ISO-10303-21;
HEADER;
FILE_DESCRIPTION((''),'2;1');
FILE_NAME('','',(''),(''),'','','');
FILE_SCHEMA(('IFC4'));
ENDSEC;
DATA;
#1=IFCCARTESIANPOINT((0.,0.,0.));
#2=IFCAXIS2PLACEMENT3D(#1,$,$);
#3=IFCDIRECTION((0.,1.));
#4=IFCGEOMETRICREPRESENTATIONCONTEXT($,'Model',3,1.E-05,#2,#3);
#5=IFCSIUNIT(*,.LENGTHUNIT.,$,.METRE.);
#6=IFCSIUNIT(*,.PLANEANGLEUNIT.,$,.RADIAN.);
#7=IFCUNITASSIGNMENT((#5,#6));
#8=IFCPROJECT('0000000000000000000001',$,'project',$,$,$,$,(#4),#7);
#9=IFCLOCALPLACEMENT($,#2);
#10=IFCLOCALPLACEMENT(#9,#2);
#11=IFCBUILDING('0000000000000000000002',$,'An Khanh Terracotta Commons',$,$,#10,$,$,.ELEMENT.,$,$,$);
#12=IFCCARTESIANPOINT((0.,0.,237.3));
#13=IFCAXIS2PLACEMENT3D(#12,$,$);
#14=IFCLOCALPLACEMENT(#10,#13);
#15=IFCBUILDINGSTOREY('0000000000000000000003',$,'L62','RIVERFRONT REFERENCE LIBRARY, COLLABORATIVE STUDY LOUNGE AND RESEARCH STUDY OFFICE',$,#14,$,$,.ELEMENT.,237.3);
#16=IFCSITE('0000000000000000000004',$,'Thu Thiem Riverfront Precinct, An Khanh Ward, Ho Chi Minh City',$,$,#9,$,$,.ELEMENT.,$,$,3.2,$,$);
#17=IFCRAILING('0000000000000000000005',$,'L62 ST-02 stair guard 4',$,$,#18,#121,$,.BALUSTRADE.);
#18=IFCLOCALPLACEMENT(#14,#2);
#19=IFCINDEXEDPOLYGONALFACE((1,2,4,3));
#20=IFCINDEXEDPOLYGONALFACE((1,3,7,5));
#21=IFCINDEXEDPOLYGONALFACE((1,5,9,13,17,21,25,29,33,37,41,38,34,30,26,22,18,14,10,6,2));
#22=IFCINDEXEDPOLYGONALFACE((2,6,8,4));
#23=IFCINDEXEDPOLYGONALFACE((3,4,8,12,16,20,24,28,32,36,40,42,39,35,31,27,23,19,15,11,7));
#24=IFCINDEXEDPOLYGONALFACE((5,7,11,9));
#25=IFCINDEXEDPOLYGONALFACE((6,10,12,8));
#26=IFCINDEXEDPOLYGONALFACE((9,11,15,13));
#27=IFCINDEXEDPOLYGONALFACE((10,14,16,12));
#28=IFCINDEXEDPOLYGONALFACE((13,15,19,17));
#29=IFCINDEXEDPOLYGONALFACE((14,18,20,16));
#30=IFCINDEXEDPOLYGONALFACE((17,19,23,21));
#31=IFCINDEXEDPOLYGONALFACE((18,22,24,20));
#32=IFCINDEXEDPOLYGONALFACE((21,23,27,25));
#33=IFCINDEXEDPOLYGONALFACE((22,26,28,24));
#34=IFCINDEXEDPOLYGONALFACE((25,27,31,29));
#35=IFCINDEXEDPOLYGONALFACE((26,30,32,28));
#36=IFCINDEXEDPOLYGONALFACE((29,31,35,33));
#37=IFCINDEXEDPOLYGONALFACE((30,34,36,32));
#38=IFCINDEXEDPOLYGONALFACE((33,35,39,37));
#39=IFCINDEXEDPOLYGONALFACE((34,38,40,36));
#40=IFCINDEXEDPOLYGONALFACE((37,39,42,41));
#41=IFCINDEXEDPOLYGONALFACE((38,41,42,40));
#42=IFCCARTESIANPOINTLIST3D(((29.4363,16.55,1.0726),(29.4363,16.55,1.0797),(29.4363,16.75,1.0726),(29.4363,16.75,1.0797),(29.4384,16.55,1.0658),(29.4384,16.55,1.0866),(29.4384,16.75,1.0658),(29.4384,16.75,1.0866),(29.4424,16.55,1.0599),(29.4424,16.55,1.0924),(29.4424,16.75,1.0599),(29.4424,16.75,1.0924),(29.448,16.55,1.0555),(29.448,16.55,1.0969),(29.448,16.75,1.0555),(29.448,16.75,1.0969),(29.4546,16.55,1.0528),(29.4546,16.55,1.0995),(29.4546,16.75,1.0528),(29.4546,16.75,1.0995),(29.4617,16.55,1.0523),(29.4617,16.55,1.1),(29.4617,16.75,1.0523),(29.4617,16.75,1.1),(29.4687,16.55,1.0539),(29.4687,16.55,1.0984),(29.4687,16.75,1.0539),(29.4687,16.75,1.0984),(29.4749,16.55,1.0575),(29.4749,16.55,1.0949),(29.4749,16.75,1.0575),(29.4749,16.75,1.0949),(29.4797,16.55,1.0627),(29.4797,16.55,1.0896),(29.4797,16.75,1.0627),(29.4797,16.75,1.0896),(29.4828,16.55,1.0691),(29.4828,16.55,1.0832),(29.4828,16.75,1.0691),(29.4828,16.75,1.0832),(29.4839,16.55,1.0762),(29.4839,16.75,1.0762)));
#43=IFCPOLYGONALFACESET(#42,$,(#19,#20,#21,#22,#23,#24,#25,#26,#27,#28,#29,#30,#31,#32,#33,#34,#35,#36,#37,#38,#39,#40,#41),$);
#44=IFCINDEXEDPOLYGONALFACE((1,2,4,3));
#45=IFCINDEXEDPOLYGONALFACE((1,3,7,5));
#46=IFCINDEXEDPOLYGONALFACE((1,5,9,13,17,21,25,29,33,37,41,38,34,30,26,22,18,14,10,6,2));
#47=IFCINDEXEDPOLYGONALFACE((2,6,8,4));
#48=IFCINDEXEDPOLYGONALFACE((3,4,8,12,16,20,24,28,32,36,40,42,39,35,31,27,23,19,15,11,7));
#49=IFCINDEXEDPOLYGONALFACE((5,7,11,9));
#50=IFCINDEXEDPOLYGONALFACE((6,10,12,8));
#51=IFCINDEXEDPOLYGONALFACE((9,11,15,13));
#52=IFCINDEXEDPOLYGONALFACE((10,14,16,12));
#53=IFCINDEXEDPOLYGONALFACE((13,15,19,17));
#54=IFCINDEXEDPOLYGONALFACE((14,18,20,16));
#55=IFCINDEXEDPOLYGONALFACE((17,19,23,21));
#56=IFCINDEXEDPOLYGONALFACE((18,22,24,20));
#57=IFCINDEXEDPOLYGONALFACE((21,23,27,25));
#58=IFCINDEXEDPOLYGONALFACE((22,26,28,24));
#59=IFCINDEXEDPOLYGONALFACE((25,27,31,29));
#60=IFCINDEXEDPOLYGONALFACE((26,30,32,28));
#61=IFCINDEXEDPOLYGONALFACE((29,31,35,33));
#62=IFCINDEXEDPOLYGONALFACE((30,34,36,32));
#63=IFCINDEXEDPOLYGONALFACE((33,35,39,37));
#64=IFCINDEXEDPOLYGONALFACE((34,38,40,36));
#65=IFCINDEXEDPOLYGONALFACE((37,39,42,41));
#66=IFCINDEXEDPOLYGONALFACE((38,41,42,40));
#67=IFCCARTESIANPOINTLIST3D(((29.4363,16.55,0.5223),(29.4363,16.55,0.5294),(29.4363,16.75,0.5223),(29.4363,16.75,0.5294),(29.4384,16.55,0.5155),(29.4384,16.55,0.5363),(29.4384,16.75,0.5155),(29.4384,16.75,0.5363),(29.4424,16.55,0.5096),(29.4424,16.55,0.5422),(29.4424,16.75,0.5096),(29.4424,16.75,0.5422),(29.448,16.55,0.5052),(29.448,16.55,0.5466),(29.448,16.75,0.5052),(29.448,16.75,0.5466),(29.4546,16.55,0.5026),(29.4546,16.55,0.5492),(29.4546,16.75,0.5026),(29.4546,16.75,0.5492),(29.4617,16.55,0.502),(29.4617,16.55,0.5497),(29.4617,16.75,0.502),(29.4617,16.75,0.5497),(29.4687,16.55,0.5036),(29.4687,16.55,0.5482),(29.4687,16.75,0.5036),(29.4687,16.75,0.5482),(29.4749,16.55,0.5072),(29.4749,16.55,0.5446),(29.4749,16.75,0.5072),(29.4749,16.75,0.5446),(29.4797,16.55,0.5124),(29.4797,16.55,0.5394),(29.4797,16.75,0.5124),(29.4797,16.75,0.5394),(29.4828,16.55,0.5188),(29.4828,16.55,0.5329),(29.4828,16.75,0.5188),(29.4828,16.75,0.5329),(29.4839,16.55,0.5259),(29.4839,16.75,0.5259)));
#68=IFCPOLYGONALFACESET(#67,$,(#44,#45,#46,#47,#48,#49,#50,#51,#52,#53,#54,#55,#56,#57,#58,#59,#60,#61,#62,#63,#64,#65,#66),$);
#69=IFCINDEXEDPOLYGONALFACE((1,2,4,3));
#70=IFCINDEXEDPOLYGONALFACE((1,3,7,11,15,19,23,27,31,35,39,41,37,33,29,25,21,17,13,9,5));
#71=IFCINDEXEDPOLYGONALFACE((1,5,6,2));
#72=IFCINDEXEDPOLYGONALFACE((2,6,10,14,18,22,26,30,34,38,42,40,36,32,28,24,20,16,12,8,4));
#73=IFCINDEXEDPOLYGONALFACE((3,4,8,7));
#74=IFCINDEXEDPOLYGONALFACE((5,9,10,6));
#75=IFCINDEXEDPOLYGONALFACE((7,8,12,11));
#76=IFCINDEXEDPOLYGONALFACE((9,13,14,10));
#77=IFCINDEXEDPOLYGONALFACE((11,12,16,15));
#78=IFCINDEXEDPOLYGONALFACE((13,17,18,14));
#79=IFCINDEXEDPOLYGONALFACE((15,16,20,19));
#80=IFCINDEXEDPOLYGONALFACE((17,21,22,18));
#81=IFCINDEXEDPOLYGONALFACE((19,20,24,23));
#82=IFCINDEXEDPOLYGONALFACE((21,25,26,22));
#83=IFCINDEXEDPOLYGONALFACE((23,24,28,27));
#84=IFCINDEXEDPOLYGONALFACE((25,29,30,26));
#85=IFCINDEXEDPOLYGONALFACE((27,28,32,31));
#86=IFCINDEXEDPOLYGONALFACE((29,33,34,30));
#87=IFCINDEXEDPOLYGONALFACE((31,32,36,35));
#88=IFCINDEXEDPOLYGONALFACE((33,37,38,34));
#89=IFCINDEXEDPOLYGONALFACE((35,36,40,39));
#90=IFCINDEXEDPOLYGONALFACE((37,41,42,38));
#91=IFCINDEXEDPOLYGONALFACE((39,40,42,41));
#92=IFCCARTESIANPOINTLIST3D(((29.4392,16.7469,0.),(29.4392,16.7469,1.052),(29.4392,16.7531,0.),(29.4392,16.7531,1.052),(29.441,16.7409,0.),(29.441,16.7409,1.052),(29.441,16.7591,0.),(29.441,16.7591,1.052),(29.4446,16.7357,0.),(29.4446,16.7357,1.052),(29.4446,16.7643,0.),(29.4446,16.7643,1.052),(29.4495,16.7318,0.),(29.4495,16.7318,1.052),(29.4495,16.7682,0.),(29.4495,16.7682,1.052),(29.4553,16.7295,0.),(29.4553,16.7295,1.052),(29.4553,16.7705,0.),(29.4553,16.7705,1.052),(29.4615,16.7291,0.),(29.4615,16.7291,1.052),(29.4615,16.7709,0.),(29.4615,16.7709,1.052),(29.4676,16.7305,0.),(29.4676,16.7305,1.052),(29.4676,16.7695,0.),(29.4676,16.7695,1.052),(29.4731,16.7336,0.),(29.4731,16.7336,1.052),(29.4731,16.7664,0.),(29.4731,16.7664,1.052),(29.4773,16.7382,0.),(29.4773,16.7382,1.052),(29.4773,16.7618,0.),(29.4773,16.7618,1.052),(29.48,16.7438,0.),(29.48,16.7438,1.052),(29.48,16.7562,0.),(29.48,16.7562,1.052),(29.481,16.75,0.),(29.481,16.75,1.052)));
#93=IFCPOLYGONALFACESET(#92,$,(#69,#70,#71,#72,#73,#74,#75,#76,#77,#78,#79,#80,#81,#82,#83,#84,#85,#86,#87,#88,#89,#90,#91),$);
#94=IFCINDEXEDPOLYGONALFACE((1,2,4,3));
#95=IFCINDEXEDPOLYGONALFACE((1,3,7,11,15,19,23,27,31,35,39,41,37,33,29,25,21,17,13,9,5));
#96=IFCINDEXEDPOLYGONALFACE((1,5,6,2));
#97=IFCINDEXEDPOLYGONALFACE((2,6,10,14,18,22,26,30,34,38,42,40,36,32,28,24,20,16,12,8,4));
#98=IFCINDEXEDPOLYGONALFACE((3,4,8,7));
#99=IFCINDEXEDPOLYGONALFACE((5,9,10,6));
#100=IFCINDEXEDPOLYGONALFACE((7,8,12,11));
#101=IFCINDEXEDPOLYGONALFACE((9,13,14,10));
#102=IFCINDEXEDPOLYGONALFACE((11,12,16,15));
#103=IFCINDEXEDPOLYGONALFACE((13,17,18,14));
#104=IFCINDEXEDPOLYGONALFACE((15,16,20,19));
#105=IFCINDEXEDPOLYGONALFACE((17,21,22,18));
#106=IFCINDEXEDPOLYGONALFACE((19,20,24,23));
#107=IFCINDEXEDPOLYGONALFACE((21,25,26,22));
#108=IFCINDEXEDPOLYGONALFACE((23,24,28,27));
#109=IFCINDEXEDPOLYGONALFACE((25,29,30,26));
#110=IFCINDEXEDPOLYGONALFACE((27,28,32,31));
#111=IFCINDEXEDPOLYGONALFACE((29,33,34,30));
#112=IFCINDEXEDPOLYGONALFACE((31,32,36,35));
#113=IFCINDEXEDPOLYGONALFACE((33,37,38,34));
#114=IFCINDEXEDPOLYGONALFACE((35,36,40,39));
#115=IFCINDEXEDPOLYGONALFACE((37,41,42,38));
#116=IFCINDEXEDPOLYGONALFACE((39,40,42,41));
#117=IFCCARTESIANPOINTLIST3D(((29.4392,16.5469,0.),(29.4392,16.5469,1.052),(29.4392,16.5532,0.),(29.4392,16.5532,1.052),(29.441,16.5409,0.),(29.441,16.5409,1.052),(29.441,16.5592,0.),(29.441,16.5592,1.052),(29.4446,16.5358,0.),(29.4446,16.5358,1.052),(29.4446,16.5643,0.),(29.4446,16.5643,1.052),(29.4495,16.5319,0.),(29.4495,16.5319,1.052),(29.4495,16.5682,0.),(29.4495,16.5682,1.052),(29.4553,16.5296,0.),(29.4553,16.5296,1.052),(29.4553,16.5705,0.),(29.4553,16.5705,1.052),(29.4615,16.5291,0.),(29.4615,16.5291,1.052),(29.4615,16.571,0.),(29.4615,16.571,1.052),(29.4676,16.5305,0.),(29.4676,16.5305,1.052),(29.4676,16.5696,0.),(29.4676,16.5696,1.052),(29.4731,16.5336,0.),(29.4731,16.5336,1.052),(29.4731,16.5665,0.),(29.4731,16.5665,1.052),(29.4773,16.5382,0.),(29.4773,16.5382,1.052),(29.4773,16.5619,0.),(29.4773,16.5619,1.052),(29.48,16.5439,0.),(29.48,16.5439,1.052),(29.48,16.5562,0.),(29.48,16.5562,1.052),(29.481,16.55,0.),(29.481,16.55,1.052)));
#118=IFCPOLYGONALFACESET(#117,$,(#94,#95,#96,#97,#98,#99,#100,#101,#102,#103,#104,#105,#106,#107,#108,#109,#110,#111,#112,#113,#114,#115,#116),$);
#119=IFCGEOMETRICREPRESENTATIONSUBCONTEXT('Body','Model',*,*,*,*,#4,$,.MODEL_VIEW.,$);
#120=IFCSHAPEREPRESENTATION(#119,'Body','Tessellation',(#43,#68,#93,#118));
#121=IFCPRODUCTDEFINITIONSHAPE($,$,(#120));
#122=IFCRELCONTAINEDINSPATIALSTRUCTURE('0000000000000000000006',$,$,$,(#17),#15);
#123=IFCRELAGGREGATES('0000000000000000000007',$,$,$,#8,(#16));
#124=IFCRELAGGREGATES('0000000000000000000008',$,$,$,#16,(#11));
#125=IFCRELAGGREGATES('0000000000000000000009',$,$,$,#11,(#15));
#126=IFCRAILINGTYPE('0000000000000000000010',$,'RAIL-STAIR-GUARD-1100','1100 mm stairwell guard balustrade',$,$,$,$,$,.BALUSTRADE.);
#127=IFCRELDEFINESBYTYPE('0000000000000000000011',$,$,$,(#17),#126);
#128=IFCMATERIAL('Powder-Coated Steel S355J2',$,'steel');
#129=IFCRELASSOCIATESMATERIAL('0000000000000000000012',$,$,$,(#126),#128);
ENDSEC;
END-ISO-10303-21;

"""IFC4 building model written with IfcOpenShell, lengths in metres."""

from ifc_helpers import new_model, si_unit, direction, frame, origin, origin_2d, place, context, subcontext, project, spatial, circle, extrude, material, type_object, element, save


model = new_model("IFC4")

# Units and contexts
model_context = context("Model", 3, precision=1e-05, world=origin(), true_north=direction((0.0, 1.0)))
body_context = subcontext(model_context, "Body", "Model", "MODEL_VIEW")
ifc_project = project(units=[si_unit("LENGTHUNIT", "METRE"), si_unit("PLANEANGLEUNIT", "RADIAN")], contexts=[model_context])

# Site, building, storey
site_placement = place(None, origin())
site = spatial("IfcSite", under=ifc_project, at=site_placement, Name="Thu Thiem Riverfront Precinct, An Khanh Ward, Ho Chi Minh City", CompositionType="ELEMENT", RefElevation=3.2)
building_placement = place(site_placement, origin())
building = spatial("IfcBuilding", under=site, at=building_placement, Name="An Khanh Terracotta Commons", CompositionType="ELEMENT")
storey_placement = place(building_placement, frame((0.0, 0.0, 237.3)))
storey = spatial("IfcBuildingStorey", under=building, at=storey_placement, Name="L62", Description="RIVERFRONT REFERENCE LIBRARY, COLLABORATIVE STUDY LOUNGE AND RESEARCH STUDY OFFICE", CompositionType="ELEMENT", Elevation=237.3)

# Railing
ifc_material_1 = material(Name="Powder-Coated Steel S355J2", Category="steel")
railing_type_1 = type_object("IfcRailingType", Name="RAIL-STAIR-GUARD-1100", Description="1100 mm stairwell guard balustrade", PredefinedType="BALUSTRADE", material=ifc_material_1)
railing_1_placement = place(storey_placement, frame((29.46, 16.75, 0.0)))
element("IfcRailing", 1, at=railing_1_placement, inside=storey, type_object=railing_type_1, Name="L62 ST-02 stair guard 4", PredefinedType="BALUSTRADE", context=body_context, shape_type="SweptSolid", body=[
    extrude(circle(Radius=0.0239, at=origin_2d()), frame((0.0, 0.0, 1.0762), z_axis=(0.0, -1.0, 0.0), x_axis=(1.0, 0.0, 0.0)), (0.0, 0.0, 1.0), 0.2),
    extrude(circle(Radius=0.0239, at=origin_2d()), frame((0.0, 0.0, 0.5259), z_axis=(0.0, -1.0, 0.0), x_axis=(1.0, 0.0, 0.0)), (0.0, 0.0, 1.0), 0.2),
    extrude(circle(Radius=0.021, at=origin_2d()), origin(), (0.0, 0.0, 1.0), 1.052),
    extrude(circle(Radius=0.021, at=origin_2d()), frame((0.0, -0.2, 0.0)), (0.0, 0.0, 1.0), 1.052),
])

save(model, "model.ifc")
